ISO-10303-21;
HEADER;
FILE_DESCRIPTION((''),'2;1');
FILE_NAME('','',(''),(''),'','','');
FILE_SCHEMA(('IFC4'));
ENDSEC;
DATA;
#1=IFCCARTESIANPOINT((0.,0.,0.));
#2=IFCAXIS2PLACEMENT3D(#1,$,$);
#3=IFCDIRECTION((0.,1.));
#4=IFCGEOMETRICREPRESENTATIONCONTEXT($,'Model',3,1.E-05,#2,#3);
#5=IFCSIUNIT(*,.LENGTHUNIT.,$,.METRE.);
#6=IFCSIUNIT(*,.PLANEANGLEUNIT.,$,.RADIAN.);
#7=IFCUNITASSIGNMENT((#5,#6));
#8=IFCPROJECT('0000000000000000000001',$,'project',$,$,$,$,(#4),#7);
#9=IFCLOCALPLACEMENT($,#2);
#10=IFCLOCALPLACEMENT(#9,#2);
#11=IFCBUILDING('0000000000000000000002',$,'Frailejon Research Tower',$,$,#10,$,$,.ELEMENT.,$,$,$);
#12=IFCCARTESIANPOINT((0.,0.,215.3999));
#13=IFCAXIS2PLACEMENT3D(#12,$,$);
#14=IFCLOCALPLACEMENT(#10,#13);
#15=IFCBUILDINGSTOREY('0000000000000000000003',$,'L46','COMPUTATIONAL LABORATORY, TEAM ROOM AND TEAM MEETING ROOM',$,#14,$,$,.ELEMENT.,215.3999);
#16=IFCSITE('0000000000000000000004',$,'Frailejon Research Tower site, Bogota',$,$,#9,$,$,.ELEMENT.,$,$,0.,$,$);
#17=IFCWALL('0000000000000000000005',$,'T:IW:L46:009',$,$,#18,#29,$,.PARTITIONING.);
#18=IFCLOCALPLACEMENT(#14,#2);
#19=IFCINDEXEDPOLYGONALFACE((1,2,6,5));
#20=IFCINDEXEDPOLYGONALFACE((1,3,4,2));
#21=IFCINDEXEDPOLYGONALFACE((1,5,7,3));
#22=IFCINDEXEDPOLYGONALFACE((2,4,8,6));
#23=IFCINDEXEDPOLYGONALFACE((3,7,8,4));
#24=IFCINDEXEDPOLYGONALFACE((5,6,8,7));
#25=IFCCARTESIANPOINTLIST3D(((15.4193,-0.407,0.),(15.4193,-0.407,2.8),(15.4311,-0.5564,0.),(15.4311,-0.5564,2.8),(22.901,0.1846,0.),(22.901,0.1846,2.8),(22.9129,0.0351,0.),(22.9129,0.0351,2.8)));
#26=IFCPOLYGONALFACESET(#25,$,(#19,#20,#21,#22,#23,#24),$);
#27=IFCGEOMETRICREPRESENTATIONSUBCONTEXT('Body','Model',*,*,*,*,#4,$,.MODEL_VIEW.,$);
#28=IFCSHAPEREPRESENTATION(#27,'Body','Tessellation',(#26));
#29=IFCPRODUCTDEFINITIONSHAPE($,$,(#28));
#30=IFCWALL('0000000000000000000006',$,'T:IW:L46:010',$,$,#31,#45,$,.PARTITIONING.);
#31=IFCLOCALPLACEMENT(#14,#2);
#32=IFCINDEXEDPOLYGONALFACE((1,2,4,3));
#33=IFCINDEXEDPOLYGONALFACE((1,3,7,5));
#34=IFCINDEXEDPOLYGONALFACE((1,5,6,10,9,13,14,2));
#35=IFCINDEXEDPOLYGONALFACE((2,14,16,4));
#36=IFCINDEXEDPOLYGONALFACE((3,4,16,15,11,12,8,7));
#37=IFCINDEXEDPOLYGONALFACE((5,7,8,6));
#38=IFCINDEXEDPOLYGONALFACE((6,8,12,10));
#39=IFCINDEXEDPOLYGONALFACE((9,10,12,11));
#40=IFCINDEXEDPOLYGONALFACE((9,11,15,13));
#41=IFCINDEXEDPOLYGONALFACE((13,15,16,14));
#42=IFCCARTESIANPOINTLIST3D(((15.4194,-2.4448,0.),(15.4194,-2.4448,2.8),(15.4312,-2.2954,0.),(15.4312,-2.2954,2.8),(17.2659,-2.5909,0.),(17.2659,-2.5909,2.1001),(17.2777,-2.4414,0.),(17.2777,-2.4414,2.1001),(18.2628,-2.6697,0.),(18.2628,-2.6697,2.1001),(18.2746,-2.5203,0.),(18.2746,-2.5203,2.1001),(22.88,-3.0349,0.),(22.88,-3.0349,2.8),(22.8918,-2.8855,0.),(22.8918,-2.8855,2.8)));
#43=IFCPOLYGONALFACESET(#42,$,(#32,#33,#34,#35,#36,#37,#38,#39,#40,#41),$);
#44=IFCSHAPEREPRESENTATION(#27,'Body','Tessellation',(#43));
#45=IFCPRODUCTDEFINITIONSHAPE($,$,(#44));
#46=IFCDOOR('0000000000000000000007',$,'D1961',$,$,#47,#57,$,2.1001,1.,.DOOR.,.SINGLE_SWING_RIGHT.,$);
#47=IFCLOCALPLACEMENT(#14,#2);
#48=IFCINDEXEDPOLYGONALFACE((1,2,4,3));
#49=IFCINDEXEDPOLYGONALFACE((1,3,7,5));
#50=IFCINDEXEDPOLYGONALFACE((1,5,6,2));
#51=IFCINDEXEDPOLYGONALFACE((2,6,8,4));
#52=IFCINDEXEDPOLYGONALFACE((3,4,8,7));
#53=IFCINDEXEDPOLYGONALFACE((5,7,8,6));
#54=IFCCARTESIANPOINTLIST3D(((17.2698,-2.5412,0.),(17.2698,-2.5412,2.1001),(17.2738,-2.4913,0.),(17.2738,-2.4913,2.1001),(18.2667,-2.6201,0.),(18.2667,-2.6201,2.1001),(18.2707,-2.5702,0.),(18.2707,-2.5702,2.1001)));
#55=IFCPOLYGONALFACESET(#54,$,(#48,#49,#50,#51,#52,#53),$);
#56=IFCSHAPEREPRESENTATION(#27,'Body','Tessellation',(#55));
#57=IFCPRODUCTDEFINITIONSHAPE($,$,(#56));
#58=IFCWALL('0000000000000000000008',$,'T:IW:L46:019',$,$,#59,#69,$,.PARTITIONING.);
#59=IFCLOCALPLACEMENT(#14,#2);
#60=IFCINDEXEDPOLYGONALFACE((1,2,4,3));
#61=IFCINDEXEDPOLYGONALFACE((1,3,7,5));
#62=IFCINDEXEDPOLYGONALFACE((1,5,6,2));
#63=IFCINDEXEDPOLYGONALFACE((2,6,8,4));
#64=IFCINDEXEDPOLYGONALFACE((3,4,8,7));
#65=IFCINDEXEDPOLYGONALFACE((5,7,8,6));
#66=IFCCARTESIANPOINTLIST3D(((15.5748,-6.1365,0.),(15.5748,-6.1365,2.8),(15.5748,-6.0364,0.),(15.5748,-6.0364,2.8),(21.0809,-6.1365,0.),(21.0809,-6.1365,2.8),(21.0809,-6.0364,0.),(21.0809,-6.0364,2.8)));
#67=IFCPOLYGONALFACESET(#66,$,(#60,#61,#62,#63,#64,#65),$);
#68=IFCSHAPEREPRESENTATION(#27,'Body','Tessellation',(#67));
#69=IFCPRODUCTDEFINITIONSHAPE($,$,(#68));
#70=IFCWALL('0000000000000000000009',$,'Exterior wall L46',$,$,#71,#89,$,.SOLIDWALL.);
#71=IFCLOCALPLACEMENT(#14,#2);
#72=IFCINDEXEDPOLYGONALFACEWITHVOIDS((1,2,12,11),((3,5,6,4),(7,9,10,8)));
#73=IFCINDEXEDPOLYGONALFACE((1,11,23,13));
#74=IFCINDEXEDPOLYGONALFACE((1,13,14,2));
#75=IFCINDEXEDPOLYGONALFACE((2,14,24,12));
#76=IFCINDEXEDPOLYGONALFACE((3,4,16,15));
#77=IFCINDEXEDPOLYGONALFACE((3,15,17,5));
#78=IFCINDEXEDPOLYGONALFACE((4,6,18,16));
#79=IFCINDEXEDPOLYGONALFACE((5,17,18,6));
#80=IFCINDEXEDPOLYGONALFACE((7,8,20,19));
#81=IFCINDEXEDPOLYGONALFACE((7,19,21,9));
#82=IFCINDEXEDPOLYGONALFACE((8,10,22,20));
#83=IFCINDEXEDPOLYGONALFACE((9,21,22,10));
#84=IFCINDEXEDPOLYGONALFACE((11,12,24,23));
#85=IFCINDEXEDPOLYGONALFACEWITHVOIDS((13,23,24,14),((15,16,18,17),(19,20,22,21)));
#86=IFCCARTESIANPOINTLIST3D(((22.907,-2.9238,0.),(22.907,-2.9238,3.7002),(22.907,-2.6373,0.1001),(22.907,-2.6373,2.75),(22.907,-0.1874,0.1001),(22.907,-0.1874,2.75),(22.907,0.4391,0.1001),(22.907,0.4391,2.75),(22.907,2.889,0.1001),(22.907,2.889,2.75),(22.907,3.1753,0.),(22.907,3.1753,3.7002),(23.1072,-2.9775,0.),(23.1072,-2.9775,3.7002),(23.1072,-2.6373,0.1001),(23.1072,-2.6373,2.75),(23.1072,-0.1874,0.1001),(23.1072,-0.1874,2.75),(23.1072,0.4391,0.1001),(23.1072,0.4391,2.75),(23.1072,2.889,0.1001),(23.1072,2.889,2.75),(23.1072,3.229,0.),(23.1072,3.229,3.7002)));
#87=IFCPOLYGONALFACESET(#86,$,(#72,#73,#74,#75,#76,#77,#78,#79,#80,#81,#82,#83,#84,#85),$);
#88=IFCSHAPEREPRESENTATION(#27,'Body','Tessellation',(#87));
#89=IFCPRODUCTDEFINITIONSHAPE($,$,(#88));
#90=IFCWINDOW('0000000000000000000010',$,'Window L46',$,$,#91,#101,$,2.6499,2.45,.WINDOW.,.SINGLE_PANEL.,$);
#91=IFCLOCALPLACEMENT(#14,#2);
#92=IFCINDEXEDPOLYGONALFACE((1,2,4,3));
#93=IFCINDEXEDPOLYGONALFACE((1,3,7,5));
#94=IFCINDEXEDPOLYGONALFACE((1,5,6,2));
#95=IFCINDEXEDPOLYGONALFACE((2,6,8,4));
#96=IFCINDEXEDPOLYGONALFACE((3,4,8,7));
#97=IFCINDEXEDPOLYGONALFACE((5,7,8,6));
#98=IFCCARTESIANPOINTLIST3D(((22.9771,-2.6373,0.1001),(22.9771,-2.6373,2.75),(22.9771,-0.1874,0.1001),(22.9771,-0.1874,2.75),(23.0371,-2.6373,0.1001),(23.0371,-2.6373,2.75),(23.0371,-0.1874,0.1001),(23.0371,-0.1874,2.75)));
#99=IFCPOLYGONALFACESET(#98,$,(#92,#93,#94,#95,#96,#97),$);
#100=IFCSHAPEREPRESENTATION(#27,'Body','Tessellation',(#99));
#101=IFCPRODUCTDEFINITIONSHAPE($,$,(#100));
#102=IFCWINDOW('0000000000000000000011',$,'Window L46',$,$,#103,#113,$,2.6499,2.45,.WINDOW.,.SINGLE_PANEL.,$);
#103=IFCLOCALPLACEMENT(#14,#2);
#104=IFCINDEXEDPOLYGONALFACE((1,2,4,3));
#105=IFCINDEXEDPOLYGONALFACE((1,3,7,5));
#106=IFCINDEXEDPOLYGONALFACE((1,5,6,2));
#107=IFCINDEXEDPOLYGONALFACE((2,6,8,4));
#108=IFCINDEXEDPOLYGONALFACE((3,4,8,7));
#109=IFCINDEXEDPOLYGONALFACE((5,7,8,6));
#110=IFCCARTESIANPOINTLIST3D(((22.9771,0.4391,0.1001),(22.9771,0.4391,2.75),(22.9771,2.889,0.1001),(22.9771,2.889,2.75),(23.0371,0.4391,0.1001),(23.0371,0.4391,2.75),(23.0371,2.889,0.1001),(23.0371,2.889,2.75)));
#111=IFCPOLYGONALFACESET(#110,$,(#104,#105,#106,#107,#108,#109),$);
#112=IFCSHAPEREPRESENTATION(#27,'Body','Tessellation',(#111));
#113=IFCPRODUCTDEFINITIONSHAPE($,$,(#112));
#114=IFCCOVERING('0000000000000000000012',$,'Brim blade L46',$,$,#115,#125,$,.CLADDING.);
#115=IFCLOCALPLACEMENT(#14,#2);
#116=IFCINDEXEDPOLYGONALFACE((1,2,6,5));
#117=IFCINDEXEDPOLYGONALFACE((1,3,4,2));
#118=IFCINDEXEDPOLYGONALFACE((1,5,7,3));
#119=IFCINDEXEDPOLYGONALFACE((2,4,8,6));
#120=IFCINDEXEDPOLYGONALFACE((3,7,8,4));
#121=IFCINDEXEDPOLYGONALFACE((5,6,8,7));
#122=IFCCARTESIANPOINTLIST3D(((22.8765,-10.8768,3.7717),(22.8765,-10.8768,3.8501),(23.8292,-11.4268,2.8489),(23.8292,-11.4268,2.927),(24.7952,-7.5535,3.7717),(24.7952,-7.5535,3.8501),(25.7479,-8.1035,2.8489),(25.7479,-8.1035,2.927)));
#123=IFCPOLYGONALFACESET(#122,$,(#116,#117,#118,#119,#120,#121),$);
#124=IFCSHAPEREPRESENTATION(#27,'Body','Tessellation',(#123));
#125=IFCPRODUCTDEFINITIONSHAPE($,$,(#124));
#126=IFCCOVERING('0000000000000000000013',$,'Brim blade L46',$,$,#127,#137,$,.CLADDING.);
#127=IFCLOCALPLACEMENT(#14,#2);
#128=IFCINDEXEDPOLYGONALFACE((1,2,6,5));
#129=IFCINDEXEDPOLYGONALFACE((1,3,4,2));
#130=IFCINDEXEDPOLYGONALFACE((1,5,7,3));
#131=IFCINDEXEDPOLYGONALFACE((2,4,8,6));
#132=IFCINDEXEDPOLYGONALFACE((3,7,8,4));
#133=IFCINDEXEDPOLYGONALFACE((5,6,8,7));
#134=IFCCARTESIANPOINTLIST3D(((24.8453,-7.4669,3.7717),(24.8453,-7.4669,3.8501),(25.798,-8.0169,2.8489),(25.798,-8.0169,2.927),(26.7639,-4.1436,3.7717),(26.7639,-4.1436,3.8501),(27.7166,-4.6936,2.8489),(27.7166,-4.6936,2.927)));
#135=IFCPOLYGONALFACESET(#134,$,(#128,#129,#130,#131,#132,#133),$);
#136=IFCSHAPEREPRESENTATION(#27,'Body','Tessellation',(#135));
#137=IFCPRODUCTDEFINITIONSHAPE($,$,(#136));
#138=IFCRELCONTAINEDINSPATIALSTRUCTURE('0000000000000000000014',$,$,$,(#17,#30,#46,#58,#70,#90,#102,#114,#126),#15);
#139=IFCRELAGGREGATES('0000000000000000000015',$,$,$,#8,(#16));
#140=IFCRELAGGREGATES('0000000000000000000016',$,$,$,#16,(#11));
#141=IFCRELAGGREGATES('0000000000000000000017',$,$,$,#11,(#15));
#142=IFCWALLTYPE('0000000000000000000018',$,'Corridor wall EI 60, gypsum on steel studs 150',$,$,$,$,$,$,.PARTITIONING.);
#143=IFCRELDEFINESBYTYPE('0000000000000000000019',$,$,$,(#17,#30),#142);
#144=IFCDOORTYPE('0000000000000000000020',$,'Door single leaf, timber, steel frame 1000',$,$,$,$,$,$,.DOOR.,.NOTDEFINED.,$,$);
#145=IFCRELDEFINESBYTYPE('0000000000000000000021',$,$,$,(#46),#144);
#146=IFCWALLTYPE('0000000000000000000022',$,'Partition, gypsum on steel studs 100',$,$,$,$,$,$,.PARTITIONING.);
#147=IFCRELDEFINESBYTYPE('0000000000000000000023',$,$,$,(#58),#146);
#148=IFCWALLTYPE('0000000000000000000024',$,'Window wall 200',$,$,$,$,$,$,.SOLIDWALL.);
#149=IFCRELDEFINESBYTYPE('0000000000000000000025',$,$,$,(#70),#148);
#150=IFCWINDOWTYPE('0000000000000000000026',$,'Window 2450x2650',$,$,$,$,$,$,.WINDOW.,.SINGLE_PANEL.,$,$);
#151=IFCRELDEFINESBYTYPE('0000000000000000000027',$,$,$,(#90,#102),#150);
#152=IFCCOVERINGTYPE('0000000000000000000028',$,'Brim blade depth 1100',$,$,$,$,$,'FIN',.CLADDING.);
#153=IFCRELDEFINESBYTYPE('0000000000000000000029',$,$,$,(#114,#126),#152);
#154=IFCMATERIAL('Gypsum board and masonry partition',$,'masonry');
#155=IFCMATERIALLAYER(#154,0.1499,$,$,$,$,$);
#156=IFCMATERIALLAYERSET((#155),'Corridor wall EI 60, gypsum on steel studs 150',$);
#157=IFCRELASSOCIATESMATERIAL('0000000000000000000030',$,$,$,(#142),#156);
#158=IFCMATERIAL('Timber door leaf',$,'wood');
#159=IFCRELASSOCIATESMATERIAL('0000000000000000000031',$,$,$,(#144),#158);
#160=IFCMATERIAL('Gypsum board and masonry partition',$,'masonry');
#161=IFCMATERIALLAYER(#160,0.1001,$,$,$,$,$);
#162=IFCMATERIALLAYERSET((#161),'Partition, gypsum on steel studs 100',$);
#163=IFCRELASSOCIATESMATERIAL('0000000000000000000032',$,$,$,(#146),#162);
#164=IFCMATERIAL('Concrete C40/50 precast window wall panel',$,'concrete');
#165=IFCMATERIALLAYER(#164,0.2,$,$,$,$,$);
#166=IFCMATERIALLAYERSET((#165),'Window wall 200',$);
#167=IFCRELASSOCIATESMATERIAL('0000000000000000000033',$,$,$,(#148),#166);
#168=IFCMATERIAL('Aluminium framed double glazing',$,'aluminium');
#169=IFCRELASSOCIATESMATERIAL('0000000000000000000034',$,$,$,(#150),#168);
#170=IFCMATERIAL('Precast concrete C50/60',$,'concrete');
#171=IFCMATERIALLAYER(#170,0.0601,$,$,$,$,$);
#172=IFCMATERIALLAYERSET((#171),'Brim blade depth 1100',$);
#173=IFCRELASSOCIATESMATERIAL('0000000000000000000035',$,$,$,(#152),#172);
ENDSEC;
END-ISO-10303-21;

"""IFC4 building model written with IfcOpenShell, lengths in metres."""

from ifc_helpers import new_model, si_unit, direction, frame, frame_2d, origin, place, context, subcontext, project, spatial, polyline, rectangle, outline, extrude, material, layer, layer_set, type_object, element, fill, save


model = new_model("IFC4")

# Units and contexts
model_context = context("Model", 3, precision=1e-05, world=origin(), true_north=direction((0.0, 1.0)))
body_context = subcontext(model_context, "Body", "Model", "MODEL_VIEW")
ifc_project = project(units=[si_unit("LENGTHUNIT", "METRE"), si_unit("PLANEANGLEUNIT", "RADIAN")], contexts=[model_context])

# Site, building, storey
site_placement = place(None, origin())
site = spatial("IfcSite", under=ifc_project, at=site_placement, Name="Frailejon Research Tower site, Bogota", CompositionType="ELEMENT", RefElevation=0.0)
building_placement = place(site_placement, origin())
building = spatial("IfcBuilding", under=site, at=building_placement, Name="Frailejon Research Tower", CompositionType="ELEMENT")
storey_placement = place(building_placement, frame((0.0, 0.0, 215.3999)))
storey = spatial("IfcBuildingStorey", under=building, at=storey_placement, Name="L46", Description="COMPUTATIONAL LABORATORY, TEAM ROOM AND TEAM MEETING ROOM", CompositionType="ELEMENT", Elevation=215.3999)

# Shared definitions
ifc_material_1 = material(Name="Gypsum board and masonry partition", Category="masonry")
ifc_layer_1 = layer(ifc_material_1, 0.1499)
ifc_layer_set_1 = layer_set([ifc_layer_1], Name="Corridor wall EI 60, gypsum on steel studs 150")
wall_type_1 = type_object("IfcWallType", Name="Corridor wall EI 60, gypsum on steel studs 150", PredefinedType="PARTITIONING", material=ifc_layer_set_1)
ifc_material_2 = material(Name="Timber door leaf", Category="wood")
door_type_1 = type_object("IfcDoorType", Name="Door single leaf, timber, steel frame 1000", OperationType="NOTDEFINED", PredefinedType="DOOR", material=ifc_material_2)

# Wall
wall_1_placement = place(storey_placement, frame((15.4253, -0.4817, 0.0), z_axis=(0.0, 0.0, 1.0), x_axis=(0.996889, 0.078821, 0.0)))
element("IfcWall", 1, at=wall_1_placement, inside=storey, type_object=wall_type_1, Name="T:IW:L46:009", PredefinedType="PARTITIONING", context=body_context, shape_type="SweptSolid", body=[
    extrude(rectangle(XDim=7.5051, YDim=0.1499, at=frame_2d((3.7524, 0.0))), origin(), (0.0, 0.0, 1.0), 2.8),
])

# Wall, opening, door
wall_2_placement = place(storey_placement, frame((15.4253, -2.3701, 0.0), z_axis=(0.0, 0.0, 1.0), x_axis=(0.996887, -0.078847, 0.0)))
wall_2 = element("IfcWall", 2, at=wall_2_placement, inside=storey, type_object=wall_type_1, Name="T:IW:L46:010", PredefinedType="PARTITIONING", context=body_context, shape_type="SweptSolid", body=[
    extrude(rectangle(XDim=7.4839, YDim=0.1499, at=frame_2d((3.7419, 0.0))), origin(), (0.0, 0.0, 1.0), 2.8),
])
opening_1_placement = place(wall_2_placement, frame((1.8523, 0.0, 0.0)))
opening_1 = element("IfcOpeningElement", 3, at=opening_1_placement, cuts=wall_2, PredefinedType="OPENING", context=body_context, shape_type="SweptSolid", body=[
    extrude(rectangle(XDim=1.0, YDim=2.1001, at=frame_2d((0.5, 1.05))), frame((0.0, 0.085, 0.0), z_axis=(0.0, -1.0, 0.0), x_axis=(1.0, 0.0, 0.0)), (0.0, 0.0, 1.0), 0.1699),
])
door_1_placement = place(opening_1_placement, origin())
door_1 = element("IfcDoor", 4, at=door_1_placement, inside=storey, type_object=door_type_1, Name="D1961", OperationType="SINGLE_SWING_RIGHT", OverallHeight=2.1001, OverallWidth=1.0, PredefinedType="DOOR", context=body_context, shape_type="SweptSolid", body=[
    extrude(rectangle(XDim=1.0, YDim=2.1001, at=frame_2d((0.5, 1.05))), frame((0.0, 0.0249, 0.0), z_axis=(0.0, -1.0, 0.0), x_axis=(1.0, 0.0, 0.0)), (0.0, 0.0, 1.0), 0.05),
])
fill(opening_1, door_1)

# Wall
ifc_material_3 = material(Name="Gypsum board and masonry partition", Category="masonry")
ifc_layer_2 = layer(ifc_material_3, 0.1001)
ifc_layer_set_2 = layer_set([ifc_layer_2], Name="Partition, gypsum on steel studs 100")
wall_type_2 = type_object("IfcWallType", Name="Partition, gypsum on steel studs 100", PredefinedType="PARTITIONING", material=ifc_layer_set_2)
wall_3_placement = place(storey_placement, frame((15.575, -6.0864, 0.0), z_axis=(0.0, 0.0, 1.0), x_axis=(1.0, 0.0, 0.0)))
element("IfcWall", 5, at=wall_3_placement, inside=storey, type_object=wall_type_2, Name="T:IW:L46:019", PredefinedType="PARTITIONING", context=body_context, shape_type="SweptSolid", body=[
    extrude(rectangle(XDim=5.5061, YDim=0.1001, at=frame_2d((2.7529, 0.0))), origin(), (0.0, 0.0, 1.0), 2.8),
])

# Wall, openings, windows
ifc_material_4 = material(Name="Concrete C40/50 precast window wall panel", Category="concrete")
ifc_layer_3 = layer(ifc_material_4, 0.2)
ifc_layer_set_3 = layer_set([ifc_layer_3], Name="Window wall 200")
wall_type_3 = type_object("IfcWallType", Name="Window wall 200", PredefinedType="SOLIDWALL", material=ifc_layer_set_3)
wall_4_placement = place(storey_placement, frame((23.0071, -2.9507, 0.0), z_axis=(0.0, 0.0, 1.0), x_axis=(0.0, 1.0, 0.0)))
wall_4 = element("IfcWall", 6, at=wall_4_placement, inside=storey, type_object=wall_type_3, Name="Exterior wall L46", PredefinedType="SOLIDWALL", context=body_context, shape_type="SweptSolid", body=[
    extrude(outline(polyline([(-0.0269, -0.1001), (1.0076, -0.1001), (2.042, -0.1001), (3.0764, -0.1001), (4.1108, -0.1001), (5.1453, -0.1001), (6.1797, -0.1001), (6.126, 0.1001), (5.1094, 0.1001), (4.093, 0.1001), (3.0764, 0.1001), (2.0598, 0.1001), (1.0435, 0.1001), (0.0269, 0.1001), (-0.0269, -0.1001)])), origin(), (0.0, 0.0, 1.0), 3.7002),
])
opening_2_placement = place(wall_4_placement, frame((0.3132, 0.0, 0.1001)))
opening_2 = element("IfcOpeningElement", 7, at=opening_2_placement, cuts=wall_4, PredefinedType="OPENING", context=body_context, shape_type="SweptSolid", body=[
    extrude(rectangle(XDim=2.45, YDim=2.6499, at=frame_2d((1.2251, 1.325))), frame((0.0, 0.1099, 0.0), z_axis=(0.0, -1.0, 0.0), x_axis=(1.0, 0.0, 0.0)), (0.0, 0.0, 1.0), 0.22),
])
opening_3_placement = place(wall_4_placement, frame((3.3896, 0.0, 0.1001)))
opening_3 = element("IfcOpeningElement", 8, at=opening_3_placement, cuts=wall_4, PredefinedType="OPENING", context=body_context, shape_type="SweptSolid", body=[
    extrude(rectangle(XDim=2.45, YDim=2.6499, at=frame_2d((1.2251, 1.325))), frame((0.0, 0.1099, 0.0), z_axis=(0.0, -1.0, 0.0), x_axis=(1.0, 0.0, 0.0)), (0.0, 0.0, 1.0), 0.22),
])
ifc_material_5 = material(Name="Aluminium framed double glazing", Category="aluminium")
window_type = type_object("IfcWindowType", Name="Window 2450x2650", PartitioningType="SINGLE_PANEL", PredefinedType="WINDOW", material=ifc_material_5)
window_1_placement = place(opening_2_placement, origin())
window_1 = element("IfcWindow", 9, at=window_1_placement, inside=storey, type_object=window_type, Name="Window L46", OverallHeight=2.6499, OverallWidth=2.45, PartitioningType="SINGLE_PANEL", PredefinedType="WINDOW", context=body_context, shape_type="SweptSolid", body=[
    extrude(rectangle(XDim=2.45, YDim=2.6499, at=frame_2d((1.2251, 1.325))), frame((0.0, 0.03, 0.0), z_axis=(0.0, -1.0, 0.0), x_axis=(1.0, 0.0, 0.0)), (0.0, 0.0, 1.0), 0.0601),
])
fill(opening_2, window_1)
window_2_placement = place(opening_3_placement, origin())
window_2 = element("IfcWindow", 10, at=window_2_placement, inside=storey, type_object=window_type, Name="Window L46", OverallHeight=2.6499, OverallWidth=2.45, PartitioningType="SINGLE_PANEL", PredefinedType="WINDOW", context=body_context, shape_type="SweptSolid", body=[
    extrude(rectangle(XDim=2.45, YDim=2.6499, at=frame_2d((1.2251, 1.325))), frame((0.0, 0.03, 0.0), z_axis=(0.0, -1.0, 0.0), x_axis=(1.0, 0.0, 0.0)), (0.0, 0.0, 1.0), 0.0601),
])
fill(opening_3, window_2)

# Coverings
ifc_material_6 = material(Name="Precast concrete C50/60", Category="concrete")
ifc_layer_4 = layer(ifc_material_6, 0.0601)
ifc_layer_set_4 = layer_set([ifc_layer_4], Name="Brim blade depth 1100")
covering_type = type_object("IfcCoveringType", Name="Brim blade depth 1100", ElementType="FIN", PredefinedType="CLADDING", material=ifc_layer_set_4)
for number, where, z_axis, x_axis, name in (
    (11, (24.7952, -7.5535, 3.8501), (-0.499999, -0.866026, 0.0), (0.866026, -0.499999, 0.0), "Brim blade L46"),
    (12, (26.7639, -4.1436, 3.8501), (-0.49998, -0.866037, 0.0), (0.866037, -0.49998, 0.0), "Brim blade L46"),
):
    element("IfcCovering", number, at=place(storey_placement, frame(where, z_axis=z_axis, x_axis=x_axis)), inside=storey, type_object=covering_type, Name=name, PredefinedType="CLADDING", context=body_context, shape_type="SweptSolid", body=[
        extrude(outline(polyline([(0.0, -0.0784), (1.1001, -1.0012), (1.1001, -0.9231), (0.0, 0.0), (0.0, -0.0784)])), origin(), (0.0, 0.0, 1.0), 3.8374),
    ])

save(model, "model.ifc")
